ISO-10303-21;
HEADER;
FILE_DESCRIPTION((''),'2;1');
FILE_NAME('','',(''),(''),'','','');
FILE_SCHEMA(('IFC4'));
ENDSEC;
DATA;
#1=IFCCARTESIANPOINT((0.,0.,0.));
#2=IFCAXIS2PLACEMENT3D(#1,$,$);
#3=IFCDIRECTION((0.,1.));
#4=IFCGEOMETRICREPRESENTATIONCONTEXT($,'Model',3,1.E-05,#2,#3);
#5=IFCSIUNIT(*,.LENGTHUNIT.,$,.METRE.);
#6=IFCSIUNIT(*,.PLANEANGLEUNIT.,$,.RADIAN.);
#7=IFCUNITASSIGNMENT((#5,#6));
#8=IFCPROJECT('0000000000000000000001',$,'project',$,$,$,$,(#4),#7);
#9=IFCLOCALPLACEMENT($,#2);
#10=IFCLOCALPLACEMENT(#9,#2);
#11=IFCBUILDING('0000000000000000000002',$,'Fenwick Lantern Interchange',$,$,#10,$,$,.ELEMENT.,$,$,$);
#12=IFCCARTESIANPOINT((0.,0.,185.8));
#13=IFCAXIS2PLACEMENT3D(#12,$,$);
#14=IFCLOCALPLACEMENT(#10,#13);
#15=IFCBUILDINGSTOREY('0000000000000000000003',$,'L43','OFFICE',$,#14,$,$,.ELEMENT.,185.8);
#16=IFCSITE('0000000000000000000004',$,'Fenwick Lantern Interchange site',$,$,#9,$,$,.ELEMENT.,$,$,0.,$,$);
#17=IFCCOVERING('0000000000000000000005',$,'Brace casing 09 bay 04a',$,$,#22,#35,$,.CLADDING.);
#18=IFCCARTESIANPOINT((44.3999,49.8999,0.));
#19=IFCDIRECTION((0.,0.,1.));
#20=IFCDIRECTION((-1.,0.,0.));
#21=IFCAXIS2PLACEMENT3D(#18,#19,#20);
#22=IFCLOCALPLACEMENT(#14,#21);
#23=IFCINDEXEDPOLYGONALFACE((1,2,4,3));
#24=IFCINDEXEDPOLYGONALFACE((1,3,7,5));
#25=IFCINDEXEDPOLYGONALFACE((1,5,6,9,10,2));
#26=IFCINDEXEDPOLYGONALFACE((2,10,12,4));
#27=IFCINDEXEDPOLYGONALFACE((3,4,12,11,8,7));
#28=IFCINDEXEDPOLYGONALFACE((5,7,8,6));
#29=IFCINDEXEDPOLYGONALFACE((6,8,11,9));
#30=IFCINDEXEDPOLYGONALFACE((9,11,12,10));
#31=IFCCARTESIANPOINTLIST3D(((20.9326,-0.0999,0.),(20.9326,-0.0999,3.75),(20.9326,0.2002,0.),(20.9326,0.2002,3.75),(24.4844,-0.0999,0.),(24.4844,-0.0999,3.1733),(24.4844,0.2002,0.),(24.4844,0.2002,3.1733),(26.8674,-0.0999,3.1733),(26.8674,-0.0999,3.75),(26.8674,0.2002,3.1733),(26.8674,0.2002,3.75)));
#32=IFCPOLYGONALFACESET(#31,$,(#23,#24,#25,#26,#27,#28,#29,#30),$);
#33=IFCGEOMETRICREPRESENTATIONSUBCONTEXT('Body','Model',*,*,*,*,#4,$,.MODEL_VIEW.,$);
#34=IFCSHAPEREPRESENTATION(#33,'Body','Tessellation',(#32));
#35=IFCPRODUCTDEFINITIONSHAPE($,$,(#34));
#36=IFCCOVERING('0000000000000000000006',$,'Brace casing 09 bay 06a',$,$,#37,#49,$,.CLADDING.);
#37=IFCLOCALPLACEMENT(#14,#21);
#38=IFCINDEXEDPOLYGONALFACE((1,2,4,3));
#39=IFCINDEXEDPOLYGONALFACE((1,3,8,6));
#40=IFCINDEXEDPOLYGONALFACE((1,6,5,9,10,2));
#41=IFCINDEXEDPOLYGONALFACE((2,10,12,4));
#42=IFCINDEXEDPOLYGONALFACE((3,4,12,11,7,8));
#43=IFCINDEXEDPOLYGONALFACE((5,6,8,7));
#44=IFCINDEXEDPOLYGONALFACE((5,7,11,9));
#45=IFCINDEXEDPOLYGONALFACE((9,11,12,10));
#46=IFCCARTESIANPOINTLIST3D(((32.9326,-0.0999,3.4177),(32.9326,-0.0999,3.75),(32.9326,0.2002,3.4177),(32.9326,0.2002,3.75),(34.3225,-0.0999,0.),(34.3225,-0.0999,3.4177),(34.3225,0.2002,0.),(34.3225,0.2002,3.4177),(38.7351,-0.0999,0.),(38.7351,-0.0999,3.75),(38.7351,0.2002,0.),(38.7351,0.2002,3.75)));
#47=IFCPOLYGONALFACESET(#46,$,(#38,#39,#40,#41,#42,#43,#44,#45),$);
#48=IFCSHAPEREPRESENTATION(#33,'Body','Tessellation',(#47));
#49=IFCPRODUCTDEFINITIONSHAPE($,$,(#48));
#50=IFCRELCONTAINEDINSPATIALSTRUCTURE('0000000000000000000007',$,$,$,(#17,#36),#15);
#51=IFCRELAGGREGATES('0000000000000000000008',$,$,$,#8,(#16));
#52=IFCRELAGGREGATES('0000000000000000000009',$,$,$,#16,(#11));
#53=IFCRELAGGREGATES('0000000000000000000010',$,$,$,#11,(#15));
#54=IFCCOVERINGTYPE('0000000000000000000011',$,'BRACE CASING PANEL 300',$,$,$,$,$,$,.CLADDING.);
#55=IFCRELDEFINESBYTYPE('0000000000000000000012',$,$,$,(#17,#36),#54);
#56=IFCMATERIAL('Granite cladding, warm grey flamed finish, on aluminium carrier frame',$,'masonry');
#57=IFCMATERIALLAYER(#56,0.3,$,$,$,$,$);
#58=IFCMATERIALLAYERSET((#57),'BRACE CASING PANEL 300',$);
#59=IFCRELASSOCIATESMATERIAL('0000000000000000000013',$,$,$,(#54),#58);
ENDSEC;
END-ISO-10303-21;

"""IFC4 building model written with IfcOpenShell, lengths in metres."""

from ifc_helpers import new_model, si_unit, direction, frame, origin, place, context, subcontext, project, spatial, polyline, outline, extrude, material, layer, layer_set, type_object, element, save


model = new_model("IFC4")

# Units and contexts
model_context = context("Model", 3, precision=1e-05, world=origin(), true_north=direction((0.0, 1.0)))
body_context = subcontext(model_context, "Body", "Model", "MODEL_VIEW")
ifc_project = project(units=[si_unit("LENGTHUNIT", "METRE"), si_unit("PLANEANGLEUNIT", "RADIAN")], contexts=[model_context])

# Site, building, storey
site_placement = place(None, origin())
site = spatial("IfcSite", under=ifc_project, at=site_placement, Name="Fenwick Lantern Interchange site", CompositionType="ELEMENT", RefElevation=0.0)
building_placement = place(site_placement, origin())
building = spatial("IfcBuilding", under=site, at=building_placement, Name="Fenwick Lantern Interchange", CompositionType="ELEMENT")
storey_placement = place(building_placement, frame((0.0, 0.0, 185.8)))
storey = spatial("IfcBuildingStorey", under=building, at=storey_placement, Name="L43", Description="OFFICE", CompositionType="ELEMENT", Elevation=185.8)

# Coverings
ifc_material_1 = material(Name="Granite cladding, warm grey flamed finish, on aluminium carrier frame", Category="masonry")
ifc_layer_1 = layer(ifc_material_1, 0.3)
ifc_layer_set_1 = layer_set([ifc_layer_1], Name="BRACE CASING PANEL 300")
covering_type = type_object("IfcCoveringType", Name="BRACE CASING PANEL 300", PredefinedType="CLADDING", material=ifc_layer_set_1)
covering_1_placement = place(storey_placement, frame((44.3999, 49.8999, 0.0), z_axis=(0.0, 0.0, 1.0), x_axis=(-1.0, 0.0, 0.0)))
element("IfcCovering", 1, at=covering_1_placement, inside=storey, type_object=covering_type, Name="Brace casing 09 bay 04a", PredefinedType="CLADDING", context=body_context, shape_type="SweptSolid", body=[
    extrude(outline(polyline([(20.9326, 0.0), (24.4844, 0.0), (24.4844, 3.1733), (26.8674, 3.1733), (26.8674, 3.75), (20.9326, 3.75), (20.9326, 0.0)])), frame((0.0, 0.2002, 0.0), z_axis=(0.0, -1.0, 0.0), x_axis=(1.0, 0.0, 0.0)), (0.0, 0.0, 1.0), 0.3),
])
covering_2_placement = place(storey_placement, frame((44.3999, 49.8999, 0.0), z_axis=(0.0, 0.0, 1.0), x_axis=(-1.0, 0.0, 0.0)))
element("IfcCovering", 2, at=covering_2_placement, inside=storey, type_object=covering_type, Name="Brace casing 09 bay 06a", PredefinedType="CLADDING", context=body_context, shape_type="SweptSolid", body=[
    extrude(outline(polyline([(34.3225, 0.0), (38.7351, 0.0), (38.7351, 3.75), (32.9326, 3.75), (32.9326, 3.4177), (34.3225, 3.4177), (34.3225, 0.0)])), frame((0.0, 0.2002, 0.0), z_axis=(0.0, -1.0, 0.0), x_axis=(1.0, 0.0, 0.0)), (0.0, 0.0, 1.0), 0.3),
])

save(model, "model.ifc")
